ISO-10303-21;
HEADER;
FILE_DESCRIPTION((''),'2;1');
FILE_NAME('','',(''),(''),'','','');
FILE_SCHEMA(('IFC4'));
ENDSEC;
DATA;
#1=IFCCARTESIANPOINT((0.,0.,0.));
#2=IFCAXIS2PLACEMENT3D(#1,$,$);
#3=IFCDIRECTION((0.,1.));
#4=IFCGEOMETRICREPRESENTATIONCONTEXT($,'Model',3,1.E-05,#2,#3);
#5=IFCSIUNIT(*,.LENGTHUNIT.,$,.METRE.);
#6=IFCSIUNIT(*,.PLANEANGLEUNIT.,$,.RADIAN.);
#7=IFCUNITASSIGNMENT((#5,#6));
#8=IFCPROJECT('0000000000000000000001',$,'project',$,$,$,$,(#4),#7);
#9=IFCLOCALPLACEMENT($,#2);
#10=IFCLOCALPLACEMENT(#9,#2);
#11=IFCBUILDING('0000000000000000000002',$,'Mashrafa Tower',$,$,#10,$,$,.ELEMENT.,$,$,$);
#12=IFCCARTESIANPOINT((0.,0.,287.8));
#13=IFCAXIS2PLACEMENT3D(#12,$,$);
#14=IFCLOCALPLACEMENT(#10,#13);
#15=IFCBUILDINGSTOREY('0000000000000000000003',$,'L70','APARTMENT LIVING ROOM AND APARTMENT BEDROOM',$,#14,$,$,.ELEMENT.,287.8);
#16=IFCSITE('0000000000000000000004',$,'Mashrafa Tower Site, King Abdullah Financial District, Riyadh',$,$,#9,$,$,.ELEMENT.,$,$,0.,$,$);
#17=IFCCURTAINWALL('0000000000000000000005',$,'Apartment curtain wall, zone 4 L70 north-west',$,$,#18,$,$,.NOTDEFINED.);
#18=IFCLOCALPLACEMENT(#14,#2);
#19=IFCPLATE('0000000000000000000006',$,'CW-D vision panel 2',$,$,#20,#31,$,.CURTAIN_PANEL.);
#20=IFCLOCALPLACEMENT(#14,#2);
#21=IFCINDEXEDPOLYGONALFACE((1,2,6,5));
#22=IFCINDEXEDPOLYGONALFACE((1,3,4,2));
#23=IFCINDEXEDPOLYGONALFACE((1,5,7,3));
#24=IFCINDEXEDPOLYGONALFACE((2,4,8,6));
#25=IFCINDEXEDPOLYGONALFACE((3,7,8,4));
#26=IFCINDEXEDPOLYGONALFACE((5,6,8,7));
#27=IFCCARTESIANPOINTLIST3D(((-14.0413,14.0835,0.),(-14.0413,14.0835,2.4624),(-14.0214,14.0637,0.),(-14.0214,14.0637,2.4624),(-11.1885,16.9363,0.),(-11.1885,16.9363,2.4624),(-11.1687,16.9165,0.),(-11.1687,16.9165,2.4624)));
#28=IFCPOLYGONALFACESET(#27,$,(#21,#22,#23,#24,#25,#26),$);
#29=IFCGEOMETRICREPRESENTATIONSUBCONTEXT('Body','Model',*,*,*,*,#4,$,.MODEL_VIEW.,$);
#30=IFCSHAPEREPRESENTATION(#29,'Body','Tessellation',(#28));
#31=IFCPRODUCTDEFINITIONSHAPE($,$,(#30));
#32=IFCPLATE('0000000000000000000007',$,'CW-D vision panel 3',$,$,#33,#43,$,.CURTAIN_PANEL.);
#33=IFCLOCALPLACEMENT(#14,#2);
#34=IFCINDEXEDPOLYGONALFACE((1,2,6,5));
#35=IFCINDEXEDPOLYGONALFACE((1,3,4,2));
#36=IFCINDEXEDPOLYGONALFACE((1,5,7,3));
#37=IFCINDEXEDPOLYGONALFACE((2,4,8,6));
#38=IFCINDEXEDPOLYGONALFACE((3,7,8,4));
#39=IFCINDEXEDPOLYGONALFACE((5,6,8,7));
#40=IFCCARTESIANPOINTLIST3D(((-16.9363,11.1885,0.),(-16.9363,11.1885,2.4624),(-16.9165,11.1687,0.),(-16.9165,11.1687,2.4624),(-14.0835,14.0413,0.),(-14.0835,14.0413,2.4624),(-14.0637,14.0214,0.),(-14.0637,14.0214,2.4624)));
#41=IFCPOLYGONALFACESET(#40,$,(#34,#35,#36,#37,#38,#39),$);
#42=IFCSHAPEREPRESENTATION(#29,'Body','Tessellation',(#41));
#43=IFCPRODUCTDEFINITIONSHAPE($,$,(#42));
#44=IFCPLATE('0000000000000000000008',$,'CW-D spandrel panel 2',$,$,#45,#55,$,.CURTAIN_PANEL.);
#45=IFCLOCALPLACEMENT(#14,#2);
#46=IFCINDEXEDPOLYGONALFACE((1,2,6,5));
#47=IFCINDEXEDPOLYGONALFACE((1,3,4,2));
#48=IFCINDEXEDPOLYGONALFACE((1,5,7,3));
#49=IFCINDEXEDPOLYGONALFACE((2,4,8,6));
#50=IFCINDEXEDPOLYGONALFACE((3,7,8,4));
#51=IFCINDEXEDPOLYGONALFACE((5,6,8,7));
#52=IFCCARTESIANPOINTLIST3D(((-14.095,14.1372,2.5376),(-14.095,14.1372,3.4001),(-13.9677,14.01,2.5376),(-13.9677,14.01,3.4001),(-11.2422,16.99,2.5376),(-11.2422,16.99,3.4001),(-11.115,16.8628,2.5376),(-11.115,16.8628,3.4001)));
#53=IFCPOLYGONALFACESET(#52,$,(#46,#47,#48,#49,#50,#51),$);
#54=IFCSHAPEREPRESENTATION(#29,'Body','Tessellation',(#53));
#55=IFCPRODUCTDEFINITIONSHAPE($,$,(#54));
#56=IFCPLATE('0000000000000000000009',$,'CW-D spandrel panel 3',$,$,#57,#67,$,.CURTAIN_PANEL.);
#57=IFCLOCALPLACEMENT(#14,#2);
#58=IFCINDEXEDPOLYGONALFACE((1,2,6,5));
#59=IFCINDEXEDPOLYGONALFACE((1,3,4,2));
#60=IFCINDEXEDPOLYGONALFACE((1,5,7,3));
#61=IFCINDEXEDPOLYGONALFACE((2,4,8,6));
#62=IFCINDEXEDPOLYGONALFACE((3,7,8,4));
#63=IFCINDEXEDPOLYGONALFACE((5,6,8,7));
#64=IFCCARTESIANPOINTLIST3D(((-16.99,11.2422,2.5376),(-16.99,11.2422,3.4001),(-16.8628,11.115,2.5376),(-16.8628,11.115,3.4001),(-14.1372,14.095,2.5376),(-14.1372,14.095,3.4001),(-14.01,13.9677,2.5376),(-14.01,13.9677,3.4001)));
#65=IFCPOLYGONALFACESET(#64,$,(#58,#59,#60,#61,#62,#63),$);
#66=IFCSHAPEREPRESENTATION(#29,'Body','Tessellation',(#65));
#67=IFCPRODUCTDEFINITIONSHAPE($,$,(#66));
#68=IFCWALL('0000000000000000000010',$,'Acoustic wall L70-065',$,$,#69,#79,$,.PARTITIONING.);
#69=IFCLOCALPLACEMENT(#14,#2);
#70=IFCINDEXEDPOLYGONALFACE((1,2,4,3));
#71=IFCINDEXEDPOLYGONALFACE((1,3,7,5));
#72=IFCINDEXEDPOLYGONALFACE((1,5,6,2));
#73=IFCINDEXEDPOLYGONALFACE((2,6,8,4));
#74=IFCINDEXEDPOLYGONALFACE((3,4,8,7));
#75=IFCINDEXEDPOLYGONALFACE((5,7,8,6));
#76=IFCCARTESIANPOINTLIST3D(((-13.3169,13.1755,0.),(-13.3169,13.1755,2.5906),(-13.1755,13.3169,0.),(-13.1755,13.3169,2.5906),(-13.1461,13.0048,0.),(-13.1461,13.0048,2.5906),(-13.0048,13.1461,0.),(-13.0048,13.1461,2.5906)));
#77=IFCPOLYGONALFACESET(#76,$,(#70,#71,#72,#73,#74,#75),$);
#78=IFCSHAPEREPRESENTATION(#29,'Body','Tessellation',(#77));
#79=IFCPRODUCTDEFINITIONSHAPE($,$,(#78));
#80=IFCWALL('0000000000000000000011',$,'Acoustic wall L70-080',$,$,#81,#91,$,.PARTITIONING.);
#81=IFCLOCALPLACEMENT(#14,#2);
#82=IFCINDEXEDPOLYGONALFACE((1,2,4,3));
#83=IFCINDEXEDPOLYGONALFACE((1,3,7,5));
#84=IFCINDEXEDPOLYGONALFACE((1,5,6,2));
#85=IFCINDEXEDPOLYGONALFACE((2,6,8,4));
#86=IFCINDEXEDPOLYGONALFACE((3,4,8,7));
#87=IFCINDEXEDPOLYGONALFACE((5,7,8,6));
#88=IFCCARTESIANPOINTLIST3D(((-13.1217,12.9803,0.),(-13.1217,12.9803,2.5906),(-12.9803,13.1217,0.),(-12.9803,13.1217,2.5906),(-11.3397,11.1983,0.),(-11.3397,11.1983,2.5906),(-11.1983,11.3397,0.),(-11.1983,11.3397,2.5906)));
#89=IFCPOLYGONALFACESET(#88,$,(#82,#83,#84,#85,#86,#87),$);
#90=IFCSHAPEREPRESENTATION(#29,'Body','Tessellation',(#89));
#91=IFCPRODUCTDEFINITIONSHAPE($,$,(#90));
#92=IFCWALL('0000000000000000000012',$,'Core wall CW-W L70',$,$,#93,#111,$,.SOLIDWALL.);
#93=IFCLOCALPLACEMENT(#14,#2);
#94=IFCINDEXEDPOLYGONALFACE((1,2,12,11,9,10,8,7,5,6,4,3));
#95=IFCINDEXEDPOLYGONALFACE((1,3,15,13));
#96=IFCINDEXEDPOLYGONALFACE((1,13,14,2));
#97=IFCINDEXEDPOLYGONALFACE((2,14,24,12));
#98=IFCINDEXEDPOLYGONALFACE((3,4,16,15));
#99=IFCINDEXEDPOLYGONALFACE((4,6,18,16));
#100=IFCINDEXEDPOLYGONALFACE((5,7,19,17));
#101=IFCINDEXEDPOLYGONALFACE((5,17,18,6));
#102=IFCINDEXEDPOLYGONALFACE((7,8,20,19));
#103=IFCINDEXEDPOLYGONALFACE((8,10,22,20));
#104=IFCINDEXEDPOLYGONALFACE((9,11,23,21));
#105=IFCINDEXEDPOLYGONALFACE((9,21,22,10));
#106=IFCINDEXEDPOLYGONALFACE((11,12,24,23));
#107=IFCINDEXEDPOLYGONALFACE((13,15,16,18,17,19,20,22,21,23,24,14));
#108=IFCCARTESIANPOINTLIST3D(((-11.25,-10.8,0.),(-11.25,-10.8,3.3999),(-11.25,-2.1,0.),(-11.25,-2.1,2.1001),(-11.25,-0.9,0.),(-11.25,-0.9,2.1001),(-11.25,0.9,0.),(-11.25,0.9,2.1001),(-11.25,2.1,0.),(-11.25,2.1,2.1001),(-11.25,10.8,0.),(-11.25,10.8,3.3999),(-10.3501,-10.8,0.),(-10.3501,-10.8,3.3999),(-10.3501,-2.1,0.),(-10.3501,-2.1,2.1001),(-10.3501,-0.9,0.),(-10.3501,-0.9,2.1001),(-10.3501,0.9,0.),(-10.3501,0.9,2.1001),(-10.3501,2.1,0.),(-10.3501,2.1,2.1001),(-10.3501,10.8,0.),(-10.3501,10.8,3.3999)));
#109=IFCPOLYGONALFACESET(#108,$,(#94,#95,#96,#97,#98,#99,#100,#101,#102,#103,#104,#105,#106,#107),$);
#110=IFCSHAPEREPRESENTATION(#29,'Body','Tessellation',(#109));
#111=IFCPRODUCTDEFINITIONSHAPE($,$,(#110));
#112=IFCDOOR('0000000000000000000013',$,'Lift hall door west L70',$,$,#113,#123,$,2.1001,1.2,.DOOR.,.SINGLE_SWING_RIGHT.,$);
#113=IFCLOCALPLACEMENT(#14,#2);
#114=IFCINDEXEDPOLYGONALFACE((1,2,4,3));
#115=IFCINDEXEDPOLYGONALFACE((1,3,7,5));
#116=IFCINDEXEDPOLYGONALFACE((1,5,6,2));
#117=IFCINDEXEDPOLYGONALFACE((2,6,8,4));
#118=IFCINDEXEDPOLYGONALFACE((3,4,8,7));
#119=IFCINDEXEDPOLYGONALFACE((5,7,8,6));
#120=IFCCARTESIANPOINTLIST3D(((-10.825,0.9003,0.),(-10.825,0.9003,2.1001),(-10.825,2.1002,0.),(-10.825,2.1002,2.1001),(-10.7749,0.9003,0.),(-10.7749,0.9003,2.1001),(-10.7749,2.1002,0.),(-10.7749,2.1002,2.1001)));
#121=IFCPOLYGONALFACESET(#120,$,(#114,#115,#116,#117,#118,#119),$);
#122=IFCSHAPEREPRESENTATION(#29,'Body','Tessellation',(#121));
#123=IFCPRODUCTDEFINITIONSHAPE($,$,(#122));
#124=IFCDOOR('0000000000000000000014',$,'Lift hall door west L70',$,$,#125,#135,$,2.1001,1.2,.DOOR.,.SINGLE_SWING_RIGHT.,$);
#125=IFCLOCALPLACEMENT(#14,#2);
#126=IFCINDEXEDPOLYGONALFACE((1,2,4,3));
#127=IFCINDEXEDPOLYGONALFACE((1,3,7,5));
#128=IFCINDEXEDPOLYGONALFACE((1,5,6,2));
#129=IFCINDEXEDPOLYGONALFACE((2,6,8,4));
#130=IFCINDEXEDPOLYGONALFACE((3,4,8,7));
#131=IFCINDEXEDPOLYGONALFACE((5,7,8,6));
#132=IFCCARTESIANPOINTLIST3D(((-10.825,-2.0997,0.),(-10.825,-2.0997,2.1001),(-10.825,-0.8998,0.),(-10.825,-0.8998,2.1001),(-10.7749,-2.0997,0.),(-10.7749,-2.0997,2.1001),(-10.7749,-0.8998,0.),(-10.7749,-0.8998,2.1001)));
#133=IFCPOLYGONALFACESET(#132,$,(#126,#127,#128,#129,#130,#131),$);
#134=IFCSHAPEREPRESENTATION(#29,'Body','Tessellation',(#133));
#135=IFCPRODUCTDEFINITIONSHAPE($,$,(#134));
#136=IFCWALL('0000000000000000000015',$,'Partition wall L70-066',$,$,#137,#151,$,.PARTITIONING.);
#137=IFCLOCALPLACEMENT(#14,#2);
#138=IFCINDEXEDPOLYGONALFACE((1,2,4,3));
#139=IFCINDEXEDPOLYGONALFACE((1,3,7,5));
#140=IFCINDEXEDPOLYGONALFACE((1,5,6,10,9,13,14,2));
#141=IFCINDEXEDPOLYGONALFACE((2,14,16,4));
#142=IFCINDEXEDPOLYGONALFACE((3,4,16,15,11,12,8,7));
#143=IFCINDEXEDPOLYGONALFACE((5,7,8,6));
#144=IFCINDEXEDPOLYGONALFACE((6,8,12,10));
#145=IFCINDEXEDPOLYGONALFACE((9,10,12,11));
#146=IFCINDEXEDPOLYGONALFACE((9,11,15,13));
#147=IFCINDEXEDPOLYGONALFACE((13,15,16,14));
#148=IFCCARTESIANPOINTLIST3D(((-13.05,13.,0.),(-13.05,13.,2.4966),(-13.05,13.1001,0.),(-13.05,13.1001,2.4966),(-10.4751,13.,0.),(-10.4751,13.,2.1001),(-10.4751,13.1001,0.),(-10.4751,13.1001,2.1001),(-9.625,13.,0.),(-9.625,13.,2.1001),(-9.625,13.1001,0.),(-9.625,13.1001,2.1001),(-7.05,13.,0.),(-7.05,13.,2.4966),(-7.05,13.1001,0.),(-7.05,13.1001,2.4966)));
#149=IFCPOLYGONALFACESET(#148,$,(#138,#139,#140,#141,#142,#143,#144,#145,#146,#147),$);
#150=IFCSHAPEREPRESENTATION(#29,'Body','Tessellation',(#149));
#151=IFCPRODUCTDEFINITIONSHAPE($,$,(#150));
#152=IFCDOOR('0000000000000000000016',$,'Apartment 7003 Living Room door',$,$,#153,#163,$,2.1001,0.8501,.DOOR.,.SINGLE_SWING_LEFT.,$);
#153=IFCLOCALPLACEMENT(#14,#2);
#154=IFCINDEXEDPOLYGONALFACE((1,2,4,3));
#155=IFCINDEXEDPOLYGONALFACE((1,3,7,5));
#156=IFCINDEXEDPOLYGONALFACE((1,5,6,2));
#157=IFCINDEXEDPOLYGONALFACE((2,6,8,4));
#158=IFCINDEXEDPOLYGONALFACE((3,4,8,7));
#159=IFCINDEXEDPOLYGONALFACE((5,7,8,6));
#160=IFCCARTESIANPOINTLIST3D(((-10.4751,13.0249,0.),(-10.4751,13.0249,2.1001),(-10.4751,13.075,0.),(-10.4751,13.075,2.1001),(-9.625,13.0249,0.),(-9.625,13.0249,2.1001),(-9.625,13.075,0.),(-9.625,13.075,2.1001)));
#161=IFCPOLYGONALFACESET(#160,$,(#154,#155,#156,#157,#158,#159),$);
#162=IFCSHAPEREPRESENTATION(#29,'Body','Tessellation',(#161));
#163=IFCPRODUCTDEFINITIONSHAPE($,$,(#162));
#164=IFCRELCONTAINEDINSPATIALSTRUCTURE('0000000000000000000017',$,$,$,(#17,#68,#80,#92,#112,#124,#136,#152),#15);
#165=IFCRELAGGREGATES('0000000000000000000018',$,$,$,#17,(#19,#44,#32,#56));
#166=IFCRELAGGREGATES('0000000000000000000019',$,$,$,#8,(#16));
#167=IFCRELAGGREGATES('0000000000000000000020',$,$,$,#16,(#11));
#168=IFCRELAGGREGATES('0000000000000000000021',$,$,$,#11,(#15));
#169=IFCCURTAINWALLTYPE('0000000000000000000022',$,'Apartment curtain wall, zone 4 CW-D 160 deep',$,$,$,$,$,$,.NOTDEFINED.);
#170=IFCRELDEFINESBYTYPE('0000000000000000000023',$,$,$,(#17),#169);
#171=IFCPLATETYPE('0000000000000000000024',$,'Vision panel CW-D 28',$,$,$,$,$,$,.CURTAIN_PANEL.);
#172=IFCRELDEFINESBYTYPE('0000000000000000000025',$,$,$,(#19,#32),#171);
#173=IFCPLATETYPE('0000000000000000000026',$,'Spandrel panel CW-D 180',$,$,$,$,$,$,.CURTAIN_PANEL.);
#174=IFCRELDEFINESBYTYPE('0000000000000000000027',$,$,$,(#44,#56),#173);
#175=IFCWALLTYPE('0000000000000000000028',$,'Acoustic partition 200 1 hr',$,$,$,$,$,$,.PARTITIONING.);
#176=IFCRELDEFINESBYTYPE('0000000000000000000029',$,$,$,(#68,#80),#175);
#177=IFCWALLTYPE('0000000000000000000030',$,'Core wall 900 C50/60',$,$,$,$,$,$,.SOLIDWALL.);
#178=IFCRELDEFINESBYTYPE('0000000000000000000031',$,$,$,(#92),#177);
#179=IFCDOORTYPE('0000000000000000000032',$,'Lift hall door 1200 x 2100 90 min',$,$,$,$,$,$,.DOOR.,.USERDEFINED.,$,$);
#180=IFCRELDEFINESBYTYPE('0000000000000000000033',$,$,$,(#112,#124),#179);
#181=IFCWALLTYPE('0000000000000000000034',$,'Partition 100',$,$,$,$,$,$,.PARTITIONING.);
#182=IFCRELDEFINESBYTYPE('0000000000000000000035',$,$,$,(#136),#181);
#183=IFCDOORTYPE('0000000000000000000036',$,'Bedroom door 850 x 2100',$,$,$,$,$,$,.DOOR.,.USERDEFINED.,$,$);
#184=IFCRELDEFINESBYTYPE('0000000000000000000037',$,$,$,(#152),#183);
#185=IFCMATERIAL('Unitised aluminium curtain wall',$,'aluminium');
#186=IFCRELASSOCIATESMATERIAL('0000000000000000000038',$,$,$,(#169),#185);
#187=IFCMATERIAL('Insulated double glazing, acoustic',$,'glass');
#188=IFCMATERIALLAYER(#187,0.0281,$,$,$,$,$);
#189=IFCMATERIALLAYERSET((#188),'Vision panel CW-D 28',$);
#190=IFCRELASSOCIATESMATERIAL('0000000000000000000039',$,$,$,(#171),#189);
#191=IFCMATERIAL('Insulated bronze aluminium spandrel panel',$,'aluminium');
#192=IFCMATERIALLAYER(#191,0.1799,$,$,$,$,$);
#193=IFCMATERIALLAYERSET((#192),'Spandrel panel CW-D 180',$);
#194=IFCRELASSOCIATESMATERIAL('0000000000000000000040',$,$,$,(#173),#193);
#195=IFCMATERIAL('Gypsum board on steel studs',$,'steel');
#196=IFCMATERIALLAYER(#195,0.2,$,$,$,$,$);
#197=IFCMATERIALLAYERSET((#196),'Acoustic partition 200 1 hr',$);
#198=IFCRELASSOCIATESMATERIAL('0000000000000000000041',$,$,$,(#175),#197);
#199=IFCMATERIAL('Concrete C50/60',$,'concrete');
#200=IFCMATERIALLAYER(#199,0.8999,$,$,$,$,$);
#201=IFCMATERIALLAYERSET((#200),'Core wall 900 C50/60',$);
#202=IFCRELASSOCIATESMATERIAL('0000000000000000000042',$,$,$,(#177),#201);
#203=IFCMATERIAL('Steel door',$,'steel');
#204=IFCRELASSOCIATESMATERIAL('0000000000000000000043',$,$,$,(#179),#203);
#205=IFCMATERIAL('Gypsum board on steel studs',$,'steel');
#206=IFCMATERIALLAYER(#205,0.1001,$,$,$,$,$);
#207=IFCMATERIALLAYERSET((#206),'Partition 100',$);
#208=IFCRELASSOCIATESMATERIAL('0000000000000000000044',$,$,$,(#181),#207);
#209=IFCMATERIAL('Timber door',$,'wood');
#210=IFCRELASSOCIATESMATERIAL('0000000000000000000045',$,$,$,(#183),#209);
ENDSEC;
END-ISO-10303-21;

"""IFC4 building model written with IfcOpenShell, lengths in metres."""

from ifc_helpers import new_model, si_unit, direction, frame, frame_2d, origin, origin_2d, place, context, subcontext, project, spatial, rectangle, extrude, source, transform, mapped, material, layer, layer_set, type_object, element, fill, aggregate, save


model = new_model("IFC4")

# Units and contexts
model_context = context("Model", 3, precision=1e-05, world=origin(), true_north=direction((0.0, 1.0)))
body_context = subcontext(model_context, "Body", "Model", "MODEL_VIEW")
ifc_project = project(units=[si_unit("LENGTHUNIT", "METRE"), si_unit("PLANEANGLEUNIT", "RADIAN")], contexts=[model_context])

# Site, building, storey
site_placement = place(None, origin())
site = spatial("IfcSite", under=ifc_project, at=site_placement, Name="Mashrafa Tower Site, King Abdullah Financial District, Riyadh", CompositionType="ELEMENT", RefElevation=0.0)
building_placement = place(site_placement, origin())
building = spatial("IfcBuilding", under=site, at=building_placement, Name="Mashrafa Tower", CompositionType="ELEMENT")
storey_placement = place(building_placement, frame((0.0, 0.0, 287.8)))
storey = spatial("IfcBuildingStorey", under=building, at=storey_placement, Name="L70", Description="APARTMENT LIVING ROOM AND APARTMENT BEDROOM", CompositionType="ELEMENT", Elevation=287.8)

# Curtain wall
ifc_material_1 = material(Name="Unitised aluminium curtain wall", Category="aluminium")
curtain_wall_type = type_object("IfcCurtainWallType", Name="Apartment curtain wall, zone 4 CW-D 160 deep", PredefinedType="NOTDEFINED", material=ifc_material_1)
curtain_wall_1_placement = place(storey_placement, origin())
curtain_wall_1 = element("IfcCurtainWall", 1, at=curtain_wall_1_placement, inside=storey, type_object=curtain_wall_type, Name="Apartment curtain wall, zone 4 L70 north-west", PredefinedType="NOTDEFINED")

# Plates
ifc_material_2 = material(Name="Insulated double glazing, acoustic", Category="glass")
ifc_layer_1 = layer(ifc_material_2, 0.0281)
ifc_layer_set_1 = layer_set([ifc_layer_1], Name="Vision panel CW-D 28")
plate_type_1 = type_object("IfcPlateType", Name="Vision panel CW-D 28", PredefinedType="CURTAIN_PANEL", material=ifc_layer_set_1)
ifc_material_3 = material(Name="Insulated bronze aluminium spandrel panel", Category="aluminium")
ifc_layer_2 = layer(ifc_material_3, 0.1799)
ifc_layer_set_2 = layer_set([ifc_layer_2], Name="Spandrel panel CW-D 180")
plate_type_2 = type_object("IfcPlateType", Name="Spandrel panel CW-D 180", PredefinedType="CURTAIN_PANEL", material=ifc_layer_set_2)
shared_shape_1 = source(origin(), body_context, "Body", "SweptSolid", [
    extrude(rectangle(XDim=4.0344, YDim=0.0281, at=origin_2d()), origin(), (0.0, 0.0, 1.0), 2.4624),
])
plate_1_placement = place(storey_placement, frame((-12.605, 15.5, 0.0), z_axis=(0.0, 0.0, 1.0), x_axis=(-0.707107, -0.707107, 0.0)))
plate_1 = element("IfcPlate", 2, at=plate_1_placement, type_object=plate_type_1, Name="CW-D vision panel 2", PredefinedType="CURTAIN_PANEL", context=body_context, shape_type="MappedRepresentation", body=[
    mapped(shared_shape_1, transform((0.0, 0.0, 0.0))),
])
plate_2_placement = place(storey_placement, frame((-15.5, 12.605, 0.0), z_axis=(0.0, 0.0, 1.0), x_axis=(-0.707107, -0.707107, 0.0)))
plate_2 = element("IfcPlate", 3, at=plate_2_placement, type_object=plate_type_1, Name="CW-D vision panel 3", PredefinedType="CURTAIN_PANEL", context=body_context, shape_type="MappedRepresentation", body=[
    mapped(shared_shape_1, transform((0.0, 0.0, 0.0))),
])
shared_shape_2 = source(origin(), body_context, "Body", "SweptSolid", [
    extrude(rectangle(XDim=4.0344, YDim=0.1799, at=origin_2d()), origin(), (0.0, 0.0, 1.0), 0.8625),
])
plate_3_placement = place(storey_placement, frame((-12.605, 15.5, 2.5376), z_axis=(0.0, 0.0, 1.0), x_axis=(-0.707107, -0.707107, 0.0)))
plate_3 = element("IfcPlate", 4, at=plate_3_placement, type_object=plate_type_2, Name="CW-D spandrel panel 2", PredefinedType="CURTAIN_PANEL", context=body_context, shape_type="MappedRepresentation", body=[
    mapped(shared_shape_2, transform((0.0, 0.0, 0.0))),
])
plate_4_placement = place(storey_placement, frame((-15.5, 12.605, 2.5376), z_axis=(0.0, 0.0, 1.0), x_axis=(-0.707107, -0.707107, 0.0)))
plate_4 = element("IfcPlate", 5, at=plate_4_placement, type_object=plate_type_2, Name="CW-D spandrel panel 3", PredefinedType="CURTAIN_PANEL", context=body_context, shape_type="MappedRepresentation", body=[
    mapped(shared_shape_2, transform((0.0, 0.0, 0.0))),
])
aggregate(curtain_wall_1, [plate_1, plate_3, plate_2, plate_4])

# Walls
ifc_material_4 = material(Name="Gypsum board on steel studs", Category="steel")
ifc_layer_3 = layer(ifc_material_4, 0.2)
ifc_layer_set_3 = layer_set([ifc_layer_3], Name="Acoustic partition 200 1 hr")
wall_type_1 = type_object("IfcWallType", Name="Acoustic partition 200 1 hr", PredefinedType="PARTITIONING", material=ifc_layer_set_3)
wall_1_placement = place(storey_placement, frame((-13.2461, 13.2461, 0.0), z_axis=(0.0, 0.0, 1.0), x_axis=(0.707107, -0.707107, 0.0)))
element("IfcWall", 6, at=wall_1_placement, inside=storey, type_object=wall_type_1, Name="Acoustic wall L70-065", PredefinedType="PARTITIONING", context=body_context, shape_type="SweptSolid", body=[
    extrude(rectangle(XDim=0.2415, YDim=0.2, at=frame_2d((0.1206, 0.0))), origin(), (0.0, 0.0, 1.0), 2.5906),
])
wall_2_placement = place(storey_placement, frame((-11.269, 11.269, 0.0), z_axis=(0.0, 0.0, 1.0), x_axis=(-0.707107, 0.707107, 0.0)))
element("IfcWall", 7, at=wall_2_placement, inside=storey, type_object=wall_type_1, Name="Acoustic wall L70-080", PredefinedType="PARTITIONING", context=body_context, shape_type="SweptSolid", body=[
    extrude(rectangle(XDim=2.52, YDim=0.2, at=frame_2d((1.26, 0.0))), origin(), (0.0, 0.0, 1.0), 2.5906),
])

# Wall, openings, doors
ifc_material_5 = material(Name="Concrete C50/60", Category="concrete")
ifc_layer_4 = layer(ifc_material_5, 0.8999)
ifc_layer_set_4 = layer_set([ifc_layer_4], Name="Core wall 900 C50/60")
wall_type_2 = type_object("IfcWallType", Name="Core wall 900 C50/60", PredefinedType="SOLIDWALL", material=ifc_layer_set_4)
wall_3_placement = place(storey_placement, frame((-10.8, 10.8, 0.0), z_axis=(0.0, 0.0, 1.0), x_axis=(0.0, -1.0, 0.0)))
wall_3 = element("IfcWall", 8, at=wall_3_placement, inside=storey, type_object=wall_type_2, Name="Core wall CW-W L70", PredefinedType="SOLIDWALL", context=body_context, shape_type="SweptSolid", body=[
    extrude(rectangle(XDim=21.6001, YDim=0.8999, at=frame_2d((10.8, 0.0))), origin(), (0.0, 0.0, 1.0), 3.3999),
])
opening_1_placement = place(wall_3_placement, frame((8.7, 0.0, 0.0)))
opening_1 = element("IfcOpeningElement", 9, at=opening_1_placement, cuts=wall_3, PredefinedType="OPENING", context=body_context, shape_type="SweptSolid", body=[
    extrude(rectangle(XDim=1.2, YDim=2.1001, at=frame_2d((0.6001, 1.05))), frame((0.0, 0.46, 0.0), z_axis=(0.0, -1.0, 0.0), x_axis=(1.0, 0.0, 0.0)), (0.0, 0.0, 1.0), 0.9199),
])
opening_2_placement = place(wall_3_placement, frame((11.7, 0.0, 0.0)))
opening_2 = element("IfcOpeningElement", 10, at=opening_2_placement, cuts=wall_3, PredefinedType="OPENING", context=body_context, shape_type="SweptSolid", body=[
    extrude(rectangle(XDim=1.2, YDim=2.1001, at=frame_2d((0.6001, 1.05))), frame((0.0, 0.46, 0.0), z_axis=(0.0, -1.0, 0.0), x_axis=(1.0, 0.0, 0.0)), (0.0, 0.0, 1.0), 0.9199),
])
ifc_material_6 = material(Name="Steel door", Category="steel")
door_type_1 = type_object("IfcDoorType", Name="Lift hall door 1200 x 2100 90 min", OperationType="USERDEFINED", PredefinedType="DOOR", material=ifc_material_6)
door_1_placement = place(opening_1_placement, frame((1.2, 0.0, 0.0), z_axis=(0.0, 0.0, 1.0), x_axis=(-1.0, 0.0, 0.0)))
door_1 = element("IfcDoor", 11, at=door_1_placement, inside=storey, type_object=door_type_1, Name="Lift hall door west L70", OperationType="SINGLE_SWING_RIGHT", OverallHeight=2.1001, OverallWidth=1.2, PredefinedType="DOOR", context=body_context, shape_type="SweptSolid", body=[
    extrude(rectangle(XDim=1.2, YDim=2.1001, at=frame_2d((0.6001, 1.05))), frame((0.0, 0.0249, 0.0), z_axis=(0.0, -1.0, 0.0), x_axis=(1.0, 0.0, 0.0)), (0.0, 0.0, 1.0), 0.05),
])
fill(opening_1, door_1)
door_2_placement = place(opening_2_placement, frame((1.2, 0.0, 0.0), z_axis=(0.0, 0.0, 1.0), x_axis=(-1.0, 0.0, 0.0)))
door_2 = element("IfcDoor", 12, at=door_2_placement, inside=storey, type_object=door_type_1, Name="Lift hall door west L70", OperationType="SINGLE_SWING_RIGHT", OverallHeight=2.1001, OverallWidth=1.2, PredefinedType="DOOR", context=body_context, shape_type="SweptSolid", body=[
    extrude(rectangle(XDim=1.2, YDim=2.1001, at=frame_2d((0.6001, 1.05))), frame((0.0, 0.0249, 0.0), z_axis=(0.0, -1.0, 0.0), x_axis=(1.0, 0.0, 0.0)), (0.0, 0.0, 1.0), 0.05),
])
fill(opening_2, door_2)

# Wall, opening, door
ifc_material_7 = material(Name="Gypsum board on steel studs", Category="steel")
ifc_layer_5 = layer(ifc_material_7, 0.1001)
ifc_layer_set_5 = layer_set([ifc_layer_5], Name="Partition 100")
wall_type_3 = type_object("IfcWallType", Name="Partition 100", PredefinedType="PARTITIONING", material=ifc_layer_set_5)
wall_4_placement = place(storey_placement, frame((-13.05, 13.05, 0.0), z_axis=(0.0, 0.0, 1.0), x_axis=(1.0, 0.0, 0.0)))
wall_4 = element("IfcWall", 13, at=wall_4_placement, inside=storey, type_object=wall_type_3, Name="Partition wall L70-066", PredefinedType="PARTITIONING", context=body_context, shape_type="SweptSolid", body=[
    extrude(rectangle(XDim=6.0, YDim=0.1001, at=frame_2d((3.0, 0.0))), origin(), (0.0, 0.0, 1.0), 2.4966),
])
opening_3_placement = place(wall_4_placement, frame((2.575, 0.0, 0.0)))
opening_3 = element("IfcOpeningElement", 14, at=opening_3_placement, cuts=wall_4, PredefinedType="OPENING", context=body_context, shape_type="SweptSolid", body=[
    extrude(rectangle(XDim=0.8501, YDim=2.1001, at=frame_2d((0.425, 1.05))), frame((0.0, 0.0601, 0.0), z_axis=(0.0, -1.0, 0.0), x_axis=(1.0, 0.0, 0.0)), (0.0, 0.0, 1.0), 0.1201),
])
ifc_material_8 = material(Name="Timber door", Category="wood")
door_type_2 = type_object("IfcDoorType", Name="Bedroom door 850 x 2100", OperationType="USERDEFINED", PredefinedType="DOOR", material=ifc_material_8)
door_3_placement = place(opening_3_placement, origin())
door_3 = element("IfcDoor", 15, at=door_3_placement, inside=storey, type_object=door_type_2, Name="Apartment 7003 Living Room door", OperationType="SINGLE_SWING_LEFT", OverallHeight=2.1001, OverallWidth=0.8501, PredefinedType="DOOR", context=body_context, shape_type="SweptSolid", body=[
    extrude(rectangle(XDim=0.8501, YDim=2.1001, at=frame_2d((0.425, 1.05))), frame((0.0, 0.0249, 0.0), z_axis=(0.0, -1.0, 0.0), x_axis=(1.0, 0.0, 0.0)), (0.0, 0.0, 1.0), 0.05),
])
fill(opening_3, door_3)

save(model, "model.ifc")
